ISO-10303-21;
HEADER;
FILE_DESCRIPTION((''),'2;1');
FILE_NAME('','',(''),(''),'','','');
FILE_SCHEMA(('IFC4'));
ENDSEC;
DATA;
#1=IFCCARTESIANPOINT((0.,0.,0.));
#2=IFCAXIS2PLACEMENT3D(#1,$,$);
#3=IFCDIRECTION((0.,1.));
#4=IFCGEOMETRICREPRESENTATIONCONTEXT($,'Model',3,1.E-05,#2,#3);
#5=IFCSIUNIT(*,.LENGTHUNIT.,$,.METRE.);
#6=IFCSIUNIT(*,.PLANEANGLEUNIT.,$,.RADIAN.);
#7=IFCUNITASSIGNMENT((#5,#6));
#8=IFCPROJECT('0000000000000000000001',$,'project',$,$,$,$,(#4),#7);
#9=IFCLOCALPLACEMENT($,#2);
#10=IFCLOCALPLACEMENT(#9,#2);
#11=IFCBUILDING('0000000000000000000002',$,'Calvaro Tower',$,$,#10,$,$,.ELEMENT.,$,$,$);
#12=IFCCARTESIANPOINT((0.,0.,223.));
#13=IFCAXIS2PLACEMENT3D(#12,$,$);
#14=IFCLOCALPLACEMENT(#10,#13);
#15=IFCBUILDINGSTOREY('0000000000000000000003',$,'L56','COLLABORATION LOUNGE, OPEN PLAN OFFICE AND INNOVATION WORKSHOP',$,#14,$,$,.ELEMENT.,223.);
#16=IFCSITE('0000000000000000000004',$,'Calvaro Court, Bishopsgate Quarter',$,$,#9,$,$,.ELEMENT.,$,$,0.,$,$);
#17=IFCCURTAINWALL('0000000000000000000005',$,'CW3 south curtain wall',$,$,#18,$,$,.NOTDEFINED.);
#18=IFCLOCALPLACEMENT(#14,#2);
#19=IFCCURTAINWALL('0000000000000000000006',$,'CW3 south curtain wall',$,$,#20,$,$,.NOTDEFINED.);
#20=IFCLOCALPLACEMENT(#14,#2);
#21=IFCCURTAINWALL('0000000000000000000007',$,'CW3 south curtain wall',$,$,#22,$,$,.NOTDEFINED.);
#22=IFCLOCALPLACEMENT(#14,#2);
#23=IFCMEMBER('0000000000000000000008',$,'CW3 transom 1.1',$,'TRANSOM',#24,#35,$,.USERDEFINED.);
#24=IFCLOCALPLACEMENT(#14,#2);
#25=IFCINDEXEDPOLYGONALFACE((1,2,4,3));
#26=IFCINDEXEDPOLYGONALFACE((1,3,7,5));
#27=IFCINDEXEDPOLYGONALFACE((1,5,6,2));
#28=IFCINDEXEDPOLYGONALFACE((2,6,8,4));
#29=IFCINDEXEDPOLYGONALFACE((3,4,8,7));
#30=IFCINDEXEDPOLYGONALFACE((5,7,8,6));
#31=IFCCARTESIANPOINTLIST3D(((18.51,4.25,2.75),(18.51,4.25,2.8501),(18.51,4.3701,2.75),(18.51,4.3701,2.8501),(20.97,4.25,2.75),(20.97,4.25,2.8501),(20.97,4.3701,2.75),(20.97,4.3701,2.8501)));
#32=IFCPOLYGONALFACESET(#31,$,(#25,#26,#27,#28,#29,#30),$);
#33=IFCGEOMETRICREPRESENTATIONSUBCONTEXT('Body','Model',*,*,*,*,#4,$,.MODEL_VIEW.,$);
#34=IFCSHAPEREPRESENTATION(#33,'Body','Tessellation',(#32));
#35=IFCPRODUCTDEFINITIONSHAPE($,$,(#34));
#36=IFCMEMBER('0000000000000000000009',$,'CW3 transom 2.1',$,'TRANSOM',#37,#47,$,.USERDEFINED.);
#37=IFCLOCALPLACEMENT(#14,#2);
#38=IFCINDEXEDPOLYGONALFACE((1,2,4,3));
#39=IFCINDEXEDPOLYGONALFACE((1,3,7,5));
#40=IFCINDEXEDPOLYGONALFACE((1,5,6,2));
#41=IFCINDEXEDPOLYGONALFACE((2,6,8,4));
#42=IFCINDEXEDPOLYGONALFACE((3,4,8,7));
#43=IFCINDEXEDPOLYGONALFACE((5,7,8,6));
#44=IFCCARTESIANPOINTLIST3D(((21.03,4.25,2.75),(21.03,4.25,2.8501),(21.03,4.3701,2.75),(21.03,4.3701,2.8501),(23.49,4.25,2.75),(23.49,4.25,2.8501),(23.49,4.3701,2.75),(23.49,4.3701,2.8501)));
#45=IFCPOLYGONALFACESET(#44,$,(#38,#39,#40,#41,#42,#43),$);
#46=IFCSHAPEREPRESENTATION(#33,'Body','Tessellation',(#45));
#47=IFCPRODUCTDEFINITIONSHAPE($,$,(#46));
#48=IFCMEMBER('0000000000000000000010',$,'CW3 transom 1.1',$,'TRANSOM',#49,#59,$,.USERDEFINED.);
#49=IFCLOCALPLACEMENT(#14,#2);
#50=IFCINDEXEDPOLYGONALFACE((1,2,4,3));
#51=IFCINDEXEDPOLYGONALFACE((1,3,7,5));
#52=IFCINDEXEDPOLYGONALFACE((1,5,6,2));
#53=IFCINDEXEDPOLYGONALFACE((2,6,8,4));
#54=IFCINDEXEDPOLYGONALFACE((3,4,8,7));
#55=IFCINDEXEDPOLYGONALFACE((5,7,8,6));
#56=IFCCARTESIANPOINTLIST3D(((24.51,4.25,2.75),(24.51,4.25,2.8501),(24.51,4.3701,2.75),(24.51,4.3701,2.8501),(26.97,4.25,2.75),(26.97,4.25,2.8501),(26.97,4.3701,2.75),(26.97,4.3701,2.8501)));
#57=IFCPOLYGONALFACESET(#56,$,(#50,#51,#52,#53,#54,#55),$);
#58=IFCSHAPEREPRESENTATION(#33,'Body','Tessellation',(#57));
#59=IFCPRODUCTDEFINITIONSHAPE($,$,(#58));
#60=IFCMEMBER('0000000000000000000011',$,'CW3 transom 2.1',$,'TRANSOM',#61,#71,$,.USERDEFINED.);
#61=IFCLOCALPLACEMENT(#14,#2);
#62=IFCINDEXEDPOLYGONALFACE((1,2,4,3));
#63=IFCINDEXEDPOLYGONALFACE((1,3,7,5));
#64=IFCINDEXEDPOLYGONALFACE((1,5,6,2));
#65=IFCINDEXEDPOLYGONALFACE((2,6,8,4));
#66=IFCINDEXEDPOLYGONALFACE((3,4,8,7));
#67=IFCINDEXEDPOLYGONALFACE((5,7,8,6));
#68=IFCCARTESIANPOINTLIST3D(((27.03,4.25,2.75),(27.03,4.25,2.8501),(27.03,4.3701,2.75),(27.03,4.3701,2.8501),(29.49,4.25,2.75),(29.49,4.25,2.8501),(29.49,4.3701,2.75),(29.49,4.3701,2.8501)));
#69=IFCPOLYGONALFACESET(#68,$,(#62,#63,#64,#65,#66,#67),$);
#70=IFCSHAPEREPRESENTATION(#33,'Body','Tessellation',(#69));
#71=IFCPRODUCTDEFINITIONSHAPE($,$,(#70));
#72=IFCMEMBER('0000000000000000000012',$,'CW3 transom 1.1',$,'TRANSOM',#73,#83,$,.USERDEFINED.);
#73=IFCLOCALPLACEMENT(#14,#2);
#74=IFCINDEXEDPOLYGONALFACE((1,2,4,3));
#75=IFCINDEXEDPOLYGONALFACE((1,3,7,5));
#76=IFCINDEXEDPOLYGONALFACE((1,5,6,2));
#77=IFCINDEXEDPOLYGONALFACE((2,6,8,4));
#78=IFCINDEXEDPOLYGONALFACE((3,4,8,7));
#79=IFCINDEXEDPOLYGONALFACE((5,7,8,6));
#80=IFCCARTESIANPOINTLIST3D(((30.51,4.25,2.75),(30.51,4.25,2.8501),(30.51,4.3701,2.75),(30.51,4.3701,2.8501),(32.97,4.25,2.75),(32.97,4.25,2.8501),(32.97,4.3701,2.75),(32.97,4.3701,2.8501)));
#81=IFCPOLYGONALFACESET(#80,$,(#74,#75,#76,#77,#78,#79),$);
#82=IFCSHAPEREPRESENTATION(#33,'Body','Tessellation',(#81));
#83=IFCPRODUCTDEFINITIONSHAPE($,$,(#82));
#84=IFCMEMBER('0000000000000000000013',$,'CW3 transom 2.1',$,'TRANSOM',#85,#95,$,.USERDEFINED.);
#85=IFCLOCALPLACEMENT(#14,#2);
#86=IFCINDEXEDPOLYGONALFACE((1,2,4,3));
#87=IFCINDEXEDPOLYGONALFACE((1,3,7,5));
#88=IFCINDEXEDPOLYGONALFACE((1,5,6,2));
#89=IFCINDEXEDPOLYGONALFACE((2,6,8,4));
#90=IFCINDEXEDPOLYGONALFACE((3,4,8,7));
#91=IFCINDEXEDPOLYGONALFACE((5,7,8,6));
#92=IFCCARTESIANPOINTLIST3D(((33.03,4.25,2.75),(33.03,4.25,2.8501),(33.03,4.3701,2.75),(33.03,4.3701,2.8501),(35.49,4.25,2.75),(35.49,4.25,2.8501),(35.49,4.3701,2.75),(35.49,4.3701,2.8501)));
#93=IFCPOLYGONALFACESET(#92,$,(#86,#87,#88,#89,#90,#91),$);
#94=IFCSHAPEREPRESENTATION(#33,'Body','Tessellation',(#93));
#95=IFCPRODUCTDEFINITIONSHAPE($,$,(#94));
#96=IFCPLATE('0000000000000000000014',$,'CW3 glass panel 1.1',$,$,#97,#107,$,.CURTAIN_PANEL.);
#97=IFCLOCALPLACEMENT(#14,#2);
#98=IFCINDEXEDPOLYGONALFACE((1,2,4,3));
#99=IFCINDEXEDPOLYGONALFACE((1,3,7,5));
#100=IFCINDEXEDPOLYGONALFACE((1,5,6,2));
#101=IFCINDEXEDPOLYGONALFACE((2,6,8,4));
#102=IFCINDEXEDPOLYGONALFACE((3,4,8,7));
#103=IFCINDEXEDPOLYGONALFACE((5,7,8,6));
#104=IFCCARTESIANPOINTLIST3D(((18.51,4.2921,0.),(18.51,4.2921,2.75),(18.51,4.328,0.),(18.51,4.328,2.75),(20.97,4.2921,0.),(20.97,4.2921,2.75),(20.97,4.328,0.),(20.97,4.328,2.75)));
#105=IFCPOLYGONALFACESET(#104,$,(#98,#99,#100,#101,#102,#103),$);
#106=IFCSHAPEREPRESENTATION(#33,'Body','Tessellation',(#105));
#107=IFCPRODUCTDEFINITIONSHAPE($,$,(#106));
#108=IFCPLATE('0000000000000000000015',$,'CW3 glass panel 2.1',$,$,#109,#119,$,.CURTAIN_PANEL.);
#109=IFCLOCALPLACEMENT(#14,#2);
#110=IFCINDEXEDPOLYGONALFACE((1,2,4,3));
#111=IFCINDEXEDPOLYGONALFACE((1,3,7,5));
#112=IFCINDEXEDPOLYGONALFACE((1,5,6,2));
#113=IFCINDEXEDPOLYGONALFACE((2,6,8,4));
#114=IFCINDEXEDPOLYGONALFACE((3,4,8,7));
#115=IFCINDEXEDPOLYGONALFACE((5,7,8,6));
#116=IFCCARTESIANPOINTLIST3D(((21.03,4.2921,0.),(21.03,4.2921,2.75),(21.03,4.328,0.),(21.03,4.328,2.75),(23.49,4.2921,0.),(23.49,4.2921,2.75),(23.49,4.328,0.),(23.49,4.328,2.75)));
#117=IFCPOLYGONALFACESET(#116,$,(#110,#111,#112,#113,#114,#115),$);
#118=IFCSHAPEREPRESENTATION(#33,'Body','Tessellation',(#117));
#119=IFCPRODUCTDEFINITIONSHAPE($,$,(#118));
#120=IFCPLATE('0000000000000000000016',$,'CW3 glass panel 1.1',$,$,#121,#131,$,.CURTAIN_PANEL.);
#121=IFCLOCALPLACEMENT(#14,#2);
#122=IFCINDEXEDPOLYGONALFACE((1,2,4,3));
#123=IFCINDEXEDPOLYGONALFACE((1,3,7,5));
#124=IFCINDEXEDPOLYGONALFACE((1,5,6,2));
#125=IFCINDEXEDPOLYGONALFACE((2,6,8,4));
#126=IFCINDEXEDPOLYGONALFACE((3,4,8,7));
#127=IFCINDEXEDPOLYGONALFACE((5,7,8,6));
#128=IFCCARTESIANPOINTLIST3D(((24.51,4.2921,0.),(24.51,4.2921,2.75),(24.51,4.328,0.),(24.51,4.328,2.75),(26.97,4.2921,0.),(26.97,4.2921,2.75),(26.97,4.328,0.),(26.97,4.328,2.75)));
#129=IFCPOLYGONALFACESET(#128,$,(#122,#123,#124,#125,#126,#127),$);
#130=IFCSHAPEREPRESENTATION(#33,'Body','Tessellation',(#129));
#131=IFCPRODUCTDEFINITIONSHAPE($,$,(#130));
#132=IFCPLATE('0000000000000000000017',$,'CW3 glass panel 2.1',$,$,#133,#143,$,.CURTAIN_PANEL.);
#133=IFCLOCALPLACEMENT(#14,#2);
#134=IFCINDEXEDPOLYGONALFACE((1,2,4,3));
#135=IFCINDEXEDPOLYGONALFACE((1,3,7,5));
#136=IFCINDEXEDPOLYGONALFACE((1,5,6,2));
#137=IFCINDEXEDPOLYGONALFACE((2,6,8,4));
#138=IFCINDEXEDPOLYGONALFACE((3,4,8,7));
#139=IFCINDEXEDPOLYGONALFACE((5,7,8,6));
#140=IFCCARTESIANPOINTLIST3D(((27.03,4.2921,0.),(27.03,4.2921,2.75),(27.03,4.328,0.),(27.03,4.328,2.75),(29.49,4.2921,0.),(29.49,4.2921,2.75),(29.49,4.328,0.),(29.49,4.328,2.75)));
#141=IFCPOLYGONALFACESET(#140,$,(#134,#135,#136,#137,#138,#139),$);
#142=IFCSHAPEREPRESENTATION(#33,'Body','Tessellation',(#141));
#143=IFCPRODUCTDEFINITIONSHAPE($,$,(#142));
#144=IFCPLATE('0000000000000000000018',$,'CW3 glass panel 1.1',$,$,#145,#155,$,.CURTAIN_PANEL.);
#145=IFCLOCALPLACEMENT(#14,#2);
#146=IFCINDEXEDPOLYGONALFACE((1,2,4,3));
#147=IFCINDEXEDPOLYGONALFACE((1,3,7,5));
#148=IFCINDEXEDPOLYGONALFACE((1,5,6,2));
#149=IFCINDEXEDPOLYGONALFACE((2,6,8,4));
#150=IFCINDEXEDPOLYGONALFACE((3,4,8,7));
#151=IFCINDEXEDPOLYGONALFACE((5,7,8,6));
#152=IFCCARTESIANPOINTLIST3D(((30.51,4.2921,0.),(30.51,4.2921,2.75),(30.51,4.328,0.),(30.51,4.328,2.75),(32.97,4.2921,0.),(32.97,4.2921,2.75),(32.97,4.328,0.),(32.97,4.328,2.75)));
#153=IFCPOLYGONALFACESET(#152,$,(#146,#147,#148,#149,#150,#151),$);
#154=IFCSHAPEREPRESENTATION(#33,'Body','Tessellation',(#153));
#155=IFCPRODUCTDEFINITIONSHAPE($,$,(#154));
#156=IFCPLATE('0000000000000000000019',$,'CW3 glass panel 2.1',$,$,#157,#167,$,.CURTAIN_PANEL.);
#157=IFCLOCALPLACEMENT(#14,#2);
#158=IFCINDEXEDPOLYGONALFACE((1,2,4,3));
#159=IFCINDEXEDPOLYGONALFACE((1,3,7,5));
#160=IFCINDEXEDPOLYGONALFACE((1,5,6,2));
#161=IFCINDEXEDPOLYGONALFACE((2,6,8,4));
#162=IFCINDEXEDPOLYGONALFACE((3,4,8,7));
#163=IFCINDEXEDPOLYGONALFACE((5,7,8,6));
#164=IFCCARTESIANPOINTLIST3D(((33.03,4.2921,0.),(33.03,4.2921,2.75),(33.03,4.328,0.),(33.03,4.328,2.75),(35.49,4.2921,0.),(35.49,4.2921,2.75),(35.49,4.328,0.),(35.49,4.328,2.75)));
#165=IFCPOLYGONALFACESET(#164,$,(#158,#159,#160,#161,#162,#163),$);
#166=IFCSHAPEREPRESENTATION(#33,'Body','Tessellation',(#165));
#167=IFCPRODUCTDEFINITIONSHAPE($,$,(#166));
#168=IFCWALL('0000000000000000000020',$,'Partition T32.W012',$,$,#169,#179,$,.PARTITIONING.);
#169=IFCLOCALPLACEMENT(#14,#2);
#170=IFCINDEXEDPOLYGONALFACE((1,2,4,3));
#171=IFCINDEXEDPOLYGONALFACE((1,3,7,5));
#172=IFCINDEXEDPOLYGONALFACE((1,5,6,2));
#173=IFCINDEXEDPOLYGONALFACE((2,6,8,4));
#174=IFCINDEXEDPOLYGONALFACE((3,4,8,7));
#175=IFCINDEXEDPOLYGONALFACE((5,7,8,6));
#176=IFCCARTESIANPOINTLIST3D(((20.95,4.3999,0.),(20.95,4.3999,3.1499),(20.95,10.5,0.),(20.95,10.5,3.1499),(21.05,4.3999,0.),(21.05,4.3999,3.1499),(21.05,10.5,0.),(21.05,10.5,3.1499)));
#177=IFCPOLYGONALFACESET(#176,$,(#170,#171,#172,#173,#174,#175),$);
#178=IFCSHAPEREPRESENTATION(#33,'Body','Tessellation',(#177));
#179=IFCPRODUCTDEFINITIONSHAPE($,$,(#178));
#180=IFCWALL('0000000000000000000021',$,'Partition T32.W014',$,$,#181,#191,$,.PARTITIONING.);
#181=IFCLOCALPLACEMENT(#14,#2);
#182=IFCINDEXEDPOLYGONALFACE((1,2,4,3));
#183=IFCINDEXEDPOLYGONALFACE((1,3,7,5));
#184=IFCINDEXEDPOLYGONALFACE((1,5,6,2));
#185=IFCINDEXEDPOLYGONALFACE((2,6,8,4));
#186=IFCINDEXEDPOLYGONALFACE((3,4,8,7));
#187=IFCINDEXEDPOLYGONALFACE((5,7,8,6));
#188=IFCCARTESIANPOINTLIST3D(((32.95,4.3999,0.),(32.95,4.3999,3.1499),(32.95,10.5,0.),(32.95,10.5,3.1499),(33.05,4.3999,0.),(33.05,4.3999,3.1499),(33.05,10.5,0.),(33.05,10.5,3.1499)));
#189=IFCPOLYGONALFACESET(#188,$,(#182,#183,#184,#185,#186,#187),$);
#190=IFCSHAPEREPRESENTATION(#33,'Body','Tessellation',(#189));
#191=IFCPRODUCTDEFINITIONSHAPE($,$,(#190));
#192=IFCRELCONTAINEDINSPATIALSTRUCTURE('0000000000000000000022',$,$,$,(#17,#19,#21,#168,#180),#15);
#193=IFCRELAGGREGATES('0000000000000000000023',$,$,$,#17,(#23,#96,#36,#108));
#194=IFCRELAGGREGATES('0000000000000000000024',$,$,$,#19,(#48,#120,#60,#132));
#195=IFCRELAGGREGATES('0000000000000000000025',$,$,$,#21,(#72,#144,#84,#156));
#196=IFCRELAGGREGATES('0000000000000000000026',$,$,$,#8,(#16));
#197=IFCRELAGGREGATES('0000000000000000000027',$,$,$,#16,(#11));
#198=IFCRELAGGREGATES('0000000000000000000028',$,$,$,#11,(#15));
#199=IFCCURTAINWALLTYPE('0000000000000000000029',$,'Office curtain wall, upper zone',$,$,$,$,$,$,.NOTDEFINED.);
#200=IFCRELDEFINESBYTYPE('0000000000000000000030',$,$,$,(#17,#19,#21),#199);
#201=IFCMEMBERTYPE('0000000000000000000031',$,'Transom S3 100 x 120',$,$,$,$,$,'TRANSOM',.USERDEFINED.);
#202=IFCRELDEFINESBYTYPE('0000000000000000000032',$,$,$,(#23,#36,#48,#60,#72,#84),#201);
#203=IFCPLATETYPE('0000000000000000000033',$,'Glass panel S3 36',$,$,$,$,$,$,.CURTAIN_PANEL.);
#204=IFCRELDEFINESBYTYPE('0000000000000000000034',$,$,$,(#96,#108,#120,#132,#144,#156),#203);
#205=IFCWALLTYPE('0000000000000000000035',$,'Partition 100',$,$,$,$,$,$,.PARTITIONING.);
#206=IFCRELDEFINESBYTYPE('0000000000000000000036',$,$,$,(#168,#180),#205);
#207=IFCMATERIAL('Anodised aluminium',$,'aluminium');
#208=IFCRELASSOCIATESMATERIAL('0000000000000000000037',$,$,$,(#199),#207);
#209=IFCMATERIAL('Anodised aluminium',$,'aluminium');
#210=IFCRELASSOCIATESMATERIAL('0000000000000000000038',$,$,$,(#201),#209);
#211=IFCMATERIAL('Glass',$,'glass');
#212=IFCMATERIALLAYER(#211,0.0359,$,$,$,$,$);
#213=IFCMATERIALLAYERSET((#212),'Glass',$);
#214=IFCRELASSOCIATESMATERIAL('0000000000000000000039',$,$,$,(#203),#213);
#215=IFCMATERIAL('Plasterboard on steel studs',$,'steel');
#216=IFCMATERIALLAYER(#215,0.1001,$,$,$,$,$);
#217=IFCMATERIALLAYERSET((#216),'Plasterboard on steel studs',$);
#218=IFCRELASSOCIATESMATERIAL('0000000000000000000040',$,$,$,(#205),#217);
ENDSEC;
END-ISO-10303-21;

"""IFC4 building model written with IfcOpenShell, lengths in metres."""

from ifc_helpers import new_model, si_unit, direction, frame, frame_2d, origin, origin_2d, place, context, subcontext, project, spatial, rectangle, extrude, material, layer, layer_set, material_profile, profile_set, type_object, element, aggregate, save


model = new_model("IFC4")

# Units and contexts
model_context = context("Model", 3, precision=1e-05, world=origin(), true_north=direction((0.0, 1.0)))
body_context = subcontext(model_context, "Body", "Model", "MODEL_VIEW")
ifc_project = project(units=[si_unit("LENGTHUNIT", "METRE"), si_unit("PLANEANGLEUNIT", "RADIAN")], contexts=[model_context])

# Site, building, storey
site_placement = place(None, origin())
site = spatial("IfcSite", under=ifc_project, at=site_placement, Name="Calvaro Court, Bishopsgate Quarter", CompositionType="ELEMENT", RefElevation=0.0)
building_placement = place(site_placement, origin())
building = spatial("IfcBuilding", under=site, at=building_placement, Name="Calvaro Tower", CompositionType="ELEMENT")
storey_placement = place(building_placement, frame((0.0, 0.0, 223.0)))
storey = spatial("IfcBuildingStorey", under=building, at=storey_placement, Name="L56", Description="COLLABORATION LOUNGE, OPEN PLAN OFFICE AND INNOVATION WORKSHOP", CompositionType="ELEMENT", Elevation=223.0)

# Shared definitions
ifc_material_1 = material(Name="Anodised aluminium", Category="aluminium")
curtain_wall_type = type_object("IfcCurtainWallType", Name="Office curtain wall, upper zone", PredefinedType="NOTDEFINED", material=ifc_material_1)

# Curtain walls
curtain_wall_1_placement = place(storey_placement, origin())
curtain_wall_1 = element("IfcCurtainWall", 1, at=curtain_wall_1_placement, inside=storey, type_object=curtain_wall_type, Name="CW3 south curtain wall", PredefinedType="NOTDEFINED")
curtain_wall_2_placement = place(storey_placement, origin())
curtain_wall_2 = element("IfcCurtainWall", 2, at=curtain_wall_2_placement, inside=storey, type_object=curtain_wall_type, Name="CW3 south curtain wall", PredefinedType="NOTDEFINED")
curtain_wall_3_placement = place(storey_placement, origin())
curtain_wall_3 = element("IfcCurtainWall", 3, at=curtain_wall_3_placement, inside=storey, type_object=curtain_wall_type, Name="CW3 south curtain wall", PredefinedType="NOTDEFINED")

# Members
ifc_material_2 = material(Name="Anodised aluminium", Category="aluminium")
ifc_material_profile_1 = material_profile(ifc_material_2, rectangle(XDim=0.1201, YDim=0.1001, at=origin_2d()), Name="Transom S3 100 x 120")
ifc_profile_set_1 = profile_set([ifc_material_profile_1], Name="Anodised aluminium")
member_type_1 = type_object("IfcMemberType", Name="Transom S3 100 x 120", ElementType="TRANSOM", PredefinedType="USERDEFINED", material=ifc_profile_set_1)
member_1_placement = place(storey_placement, frame((18.51, 4.3101, 2.8), z_axis=(1.0, 0.0, 0.0), x_axis=(0.0, 1.0, 0.0)))
member_1 = element("IfcMember", 4, at=member_1_placement, type_object=member_type_1, Name="CW3 transom 1.1", ObjectType="TRANSOM", PredefinedType="USERDEFINED", context=body_context, shape_type="SweptSolid", body=[
    extrude(rectangle(XDim=0.1201, YDim=0.1001, at=origin_2d()), origin(), (0.0, 0.0, 1.0), 2.46),
])
member_2_placement = place(storey_placement, frame((21.03, 4.3101, 2.8), z_axis=(1.0, 0.0, 0.0), x_axis=(0.0, 1.0, 0.0)))
member_2 = element("IfcMember", 5, at=member_2_placement, type_object=member_type_1, Name="CW3 transom 2.1", ObjectType="TRANSOM", PredefinedType="USERDEFINED", context=body_context, shape_type="SweptSolid", body=[
    extrude(rectangle(XDim=0.1201, YDim=0.1001, at=origin_2d()), origin(), (0.0, 0.0, 1.0), 2.46),
])
member_3_placement = place(storey_placement, frame((24.51, 4.3101, 2.8), z_axis=(1.0, 0.0, 0.0), x_axis=(0.0, 1.0, 0.0)))
member_3 = element("IfcMember", 6, at=member_3_placement, type_object=member_type_1, Name="CW3 transom 1.1", ObjectType="TRANSOM", PredefinedType="USERDEFINED", context=body_context, shape_type="SweptSolid", body=[
    extrude(rectangle(XDim=0.1201, YDim=0.1001, at=origin_2d()), origin(), (0.0, 0.0, 1.0), 2.46),
])
member_4_placement = place(storey_placement, frame((27.03, 4.3101, 2.8), z_axis=(1.0, 0.0, 0.0), x_axis=(0.0, 1.0, 0.0)))
member_4 = element("IfcMember", 7, at=member_4_placement, type_object=member_type_1, Name="CW3 transom 2.1", ObjectType="TRANSOM", PredefinedType="USERDEFINED", context=body_context, shape_type="SweptSolid", body=[
    extrude(rectangle(XDim=0.1201, YDim=0.1001, at=origin_2d()), origin(), (0.0, 0.0, 1.0), 2.46),
])
member_5_placement = place(storey_placement, frame((30.51, 4.3101, 2.8), z_axis=(1.0, 0.0, 0.0), x_axis=(0.0, 1.0, 0.0)))
member_5 = element("IfcMember", 8, at=member_5_placement, type_object=member_type_1, Name="CW3 transom 1.1", ObjectType="TRANSOM", PredefinedType="USERDEFINED", context=body_context, shape_type="SweptSolid", body=[
    extrude(rectangle(XDim=0.1201, YDim=0.1001, at=origin_2d()), origin(), (0.0, 0.0, 1.0), 2.46),
])
member_6_placement = place(storey_placement, frame((33.03, 4.3101, 2.8), z_axis=(1.0, 0.0, 0.0), x_axis=(0.0, 1.0, 0.0)))
member_6 = element("IfcMember", 9, at=member_6_placement, type_object=member_type_1, Name="CW3 transom 2.1", ObjectType="TRANSOM", PredefinedType="USERDEFINED", context=body_context, shape_type="SweptSolid", body=[
    extrude(rectangle(XDim=0.1201, YDim=0.1001, at=origin_2d()), origin(), (0.0, 0.0, 1.0), 2.46),
])

# Plates
ifc_material_3 = material(Name="Glass", Category="glass")
ifc_layer_1 = layer(ifc_material_3, 0.0359)
ifc_layer_set_1 = layer_set([ifc_layer_1], Name="Glass")
plate_type = type_object("IfcPlateType", Name="Glass panel S3 36", PredefinedType="CURTAIN_PANEL", material=ifc_layer_set_1)
plate_1_placement = place(storey_placement, frame((19.74, 4.3101, 0.0), z_axis=(0.0, 0.0, 1.0), x_axis=(1.0, 0.0, 0.0)))
plate_1 = element("IfcPlate", 10, at=plate_1_placement, type_object=plate_type, Name="CW3 glass panel 1.1", PredefinedType="CURTAIN_PANEL", context=body_context, shape_type="SweptSolid", body=[
    extrude(rectangle(XDim=2.46, YDim=0.0359, at=origin_2d()), origin(), (0.0, 0.0, 1.0), 2.75),
])
plate_2_placement = place(storey_placement, frame((22.26, 4.3101, 0.0), z_axis=(0.0, 0.0, 1.0), x_axis=(1.0, 0.0, 0.0)))
plate_2 = element("IfcPlate", 11, at=plate_2_placement, type_object=plate_type, Name="CW3 glass panel 2.1", PredefinedType="CURTAIN_PANEL", context=body_context, shape_type="SweptSolid", body=[
    extrude(rectangle(XDim=2.46, YDim=0.0359, at=origin_2d()), origin(), (0.0, 0.0, 1.0), 2.75),
])
aggregate(curtain_wall_1, [member_1, plate_1, member_2, plate_2])
plate_3_placement = place(storey_placement, frame((25.74, 4.3101, 0.0), z_axis=(0.0, 0.0, 1.0), x_axis=(1.0, 0.0, 0.0)))
plate_3 = element("IfcPlate", 12, at=plate_3_placement, type_object=plate_type, Name="CW3 glass panel 1.1", PredefinedType="CURTAIN_PANEL", context=body_context, shape_type="SweptSolid", body=[
    extrude(rectangle(XDim=2.46, YDim=0.0359, at=origin_2d()), origin(), (0.0, 0.0, 1.0), 2.75),
])
plate_4_placement = place(storey_placement, frame((28.26, 4.3101, 0.0), z_axis=(0.0, 0.0, 1.0), x_axis=(1.0, 0.0, 0.0)))
plate_4 = element("IfcPlate", 13, at=plate_4_placement, type_object=plate_type, Name="CW3 glass panel 2.1", PredefinedType="CURTAIN_PANEL", context=body_context, shape_type="SweptSolid", body=[
    extrude(rectangle(XDim=2.46, YDim=0.0359, at=origin_2d()), origin(), (0.0, 0.0, 1.0), 2.75),
])
aggregate(curtain_wall_2, [member_3, plate_3, member_4, plate_4])
plate_5_placement = place(storey_placement, frame((31.74, 4.3101, 0.0), z_axis=(0.0, 0.0, 1.0), x_axis=(1.0, 0.0, 0.0)))
plate_5 = element("IfcPlate", 14, at=plate_5_placement, type_object=plate_type, Name="CW3 glass panel 1.1", PredefinedType="CURTAIN_PANEL", context=body_context, shape_type="SweptSolid", body=[
    extrude(rectangle(XDim=2.46, YDim=0.0359, at=origin_2d()), origin(), (0.0, 0.0, 1.0), 2.75),
])
plate_6_placement = place(storey_placement, frame((34.26, 4.3101, 0.0), z_axis=(0.0, 0.0, 1.0), x_axis=(1.0, 0.0, 0.0)))
plate_6 = element("IfcPlate", 15, at=plate_6_placement, type_object=plate_type, Name="CW3 glass panel 2.1", PredefinedType="CURTAIN_PANEL", context=body_context, shape_type="SweptSolid", body=[
    extrude(rectangle(XDim=2.46, YDim=0.0359, at=origin_2d()), origin(), (0.0, 0.0, 1.0), 2.75),
])
aggregate(curtain_wall_3, [member_5, plate_5, member_6, plate_6])

# Walls
ifc_material_4 = material(Name="Plasterboard on steel studs", Category="steel")
ifc_layer_2 = layer(ifc_material_4, 0.1001)
ifc_layer_set_2 = layer_set([ifc_layer_2], Name="Plasterboard on steel studs")
wall_type = type_object("IfcWallType", Name="Partition 100", PredefinedType="PARTITIONING", material=ifc_layer_set_2)
for number, where, z_axis, x_axis, name in (
    (16, (21.0, 4.3999, 0.0), (0.0, 0.0, 1.0), (0.0, 1.0, 0.0), "Partition T32.W012"),
    (17, (33.0, 4.3999, 0.0), (0.0, 0.0, 1.0), (0.0, 1.0, 0.0), "Partition T32.W014"),
):
    element("IfcWall", number, at=place(storey_placement, frame(where, z_axis=z_axis, x_axis=x_axis)), inside=storey, type_object=wall_type, Name=name, PredefinedType="PARTITIONING", context=body_context, shape_type="SweptSolid", body=[
        extrude(rectangle(XDim=6.1001, YDim=0.1001, at=frame_2d((3.05, 0.0))), origin(), (0.0, 0.0, 1.0), 3.1499),
    ])

save(model, "model.ifc")
